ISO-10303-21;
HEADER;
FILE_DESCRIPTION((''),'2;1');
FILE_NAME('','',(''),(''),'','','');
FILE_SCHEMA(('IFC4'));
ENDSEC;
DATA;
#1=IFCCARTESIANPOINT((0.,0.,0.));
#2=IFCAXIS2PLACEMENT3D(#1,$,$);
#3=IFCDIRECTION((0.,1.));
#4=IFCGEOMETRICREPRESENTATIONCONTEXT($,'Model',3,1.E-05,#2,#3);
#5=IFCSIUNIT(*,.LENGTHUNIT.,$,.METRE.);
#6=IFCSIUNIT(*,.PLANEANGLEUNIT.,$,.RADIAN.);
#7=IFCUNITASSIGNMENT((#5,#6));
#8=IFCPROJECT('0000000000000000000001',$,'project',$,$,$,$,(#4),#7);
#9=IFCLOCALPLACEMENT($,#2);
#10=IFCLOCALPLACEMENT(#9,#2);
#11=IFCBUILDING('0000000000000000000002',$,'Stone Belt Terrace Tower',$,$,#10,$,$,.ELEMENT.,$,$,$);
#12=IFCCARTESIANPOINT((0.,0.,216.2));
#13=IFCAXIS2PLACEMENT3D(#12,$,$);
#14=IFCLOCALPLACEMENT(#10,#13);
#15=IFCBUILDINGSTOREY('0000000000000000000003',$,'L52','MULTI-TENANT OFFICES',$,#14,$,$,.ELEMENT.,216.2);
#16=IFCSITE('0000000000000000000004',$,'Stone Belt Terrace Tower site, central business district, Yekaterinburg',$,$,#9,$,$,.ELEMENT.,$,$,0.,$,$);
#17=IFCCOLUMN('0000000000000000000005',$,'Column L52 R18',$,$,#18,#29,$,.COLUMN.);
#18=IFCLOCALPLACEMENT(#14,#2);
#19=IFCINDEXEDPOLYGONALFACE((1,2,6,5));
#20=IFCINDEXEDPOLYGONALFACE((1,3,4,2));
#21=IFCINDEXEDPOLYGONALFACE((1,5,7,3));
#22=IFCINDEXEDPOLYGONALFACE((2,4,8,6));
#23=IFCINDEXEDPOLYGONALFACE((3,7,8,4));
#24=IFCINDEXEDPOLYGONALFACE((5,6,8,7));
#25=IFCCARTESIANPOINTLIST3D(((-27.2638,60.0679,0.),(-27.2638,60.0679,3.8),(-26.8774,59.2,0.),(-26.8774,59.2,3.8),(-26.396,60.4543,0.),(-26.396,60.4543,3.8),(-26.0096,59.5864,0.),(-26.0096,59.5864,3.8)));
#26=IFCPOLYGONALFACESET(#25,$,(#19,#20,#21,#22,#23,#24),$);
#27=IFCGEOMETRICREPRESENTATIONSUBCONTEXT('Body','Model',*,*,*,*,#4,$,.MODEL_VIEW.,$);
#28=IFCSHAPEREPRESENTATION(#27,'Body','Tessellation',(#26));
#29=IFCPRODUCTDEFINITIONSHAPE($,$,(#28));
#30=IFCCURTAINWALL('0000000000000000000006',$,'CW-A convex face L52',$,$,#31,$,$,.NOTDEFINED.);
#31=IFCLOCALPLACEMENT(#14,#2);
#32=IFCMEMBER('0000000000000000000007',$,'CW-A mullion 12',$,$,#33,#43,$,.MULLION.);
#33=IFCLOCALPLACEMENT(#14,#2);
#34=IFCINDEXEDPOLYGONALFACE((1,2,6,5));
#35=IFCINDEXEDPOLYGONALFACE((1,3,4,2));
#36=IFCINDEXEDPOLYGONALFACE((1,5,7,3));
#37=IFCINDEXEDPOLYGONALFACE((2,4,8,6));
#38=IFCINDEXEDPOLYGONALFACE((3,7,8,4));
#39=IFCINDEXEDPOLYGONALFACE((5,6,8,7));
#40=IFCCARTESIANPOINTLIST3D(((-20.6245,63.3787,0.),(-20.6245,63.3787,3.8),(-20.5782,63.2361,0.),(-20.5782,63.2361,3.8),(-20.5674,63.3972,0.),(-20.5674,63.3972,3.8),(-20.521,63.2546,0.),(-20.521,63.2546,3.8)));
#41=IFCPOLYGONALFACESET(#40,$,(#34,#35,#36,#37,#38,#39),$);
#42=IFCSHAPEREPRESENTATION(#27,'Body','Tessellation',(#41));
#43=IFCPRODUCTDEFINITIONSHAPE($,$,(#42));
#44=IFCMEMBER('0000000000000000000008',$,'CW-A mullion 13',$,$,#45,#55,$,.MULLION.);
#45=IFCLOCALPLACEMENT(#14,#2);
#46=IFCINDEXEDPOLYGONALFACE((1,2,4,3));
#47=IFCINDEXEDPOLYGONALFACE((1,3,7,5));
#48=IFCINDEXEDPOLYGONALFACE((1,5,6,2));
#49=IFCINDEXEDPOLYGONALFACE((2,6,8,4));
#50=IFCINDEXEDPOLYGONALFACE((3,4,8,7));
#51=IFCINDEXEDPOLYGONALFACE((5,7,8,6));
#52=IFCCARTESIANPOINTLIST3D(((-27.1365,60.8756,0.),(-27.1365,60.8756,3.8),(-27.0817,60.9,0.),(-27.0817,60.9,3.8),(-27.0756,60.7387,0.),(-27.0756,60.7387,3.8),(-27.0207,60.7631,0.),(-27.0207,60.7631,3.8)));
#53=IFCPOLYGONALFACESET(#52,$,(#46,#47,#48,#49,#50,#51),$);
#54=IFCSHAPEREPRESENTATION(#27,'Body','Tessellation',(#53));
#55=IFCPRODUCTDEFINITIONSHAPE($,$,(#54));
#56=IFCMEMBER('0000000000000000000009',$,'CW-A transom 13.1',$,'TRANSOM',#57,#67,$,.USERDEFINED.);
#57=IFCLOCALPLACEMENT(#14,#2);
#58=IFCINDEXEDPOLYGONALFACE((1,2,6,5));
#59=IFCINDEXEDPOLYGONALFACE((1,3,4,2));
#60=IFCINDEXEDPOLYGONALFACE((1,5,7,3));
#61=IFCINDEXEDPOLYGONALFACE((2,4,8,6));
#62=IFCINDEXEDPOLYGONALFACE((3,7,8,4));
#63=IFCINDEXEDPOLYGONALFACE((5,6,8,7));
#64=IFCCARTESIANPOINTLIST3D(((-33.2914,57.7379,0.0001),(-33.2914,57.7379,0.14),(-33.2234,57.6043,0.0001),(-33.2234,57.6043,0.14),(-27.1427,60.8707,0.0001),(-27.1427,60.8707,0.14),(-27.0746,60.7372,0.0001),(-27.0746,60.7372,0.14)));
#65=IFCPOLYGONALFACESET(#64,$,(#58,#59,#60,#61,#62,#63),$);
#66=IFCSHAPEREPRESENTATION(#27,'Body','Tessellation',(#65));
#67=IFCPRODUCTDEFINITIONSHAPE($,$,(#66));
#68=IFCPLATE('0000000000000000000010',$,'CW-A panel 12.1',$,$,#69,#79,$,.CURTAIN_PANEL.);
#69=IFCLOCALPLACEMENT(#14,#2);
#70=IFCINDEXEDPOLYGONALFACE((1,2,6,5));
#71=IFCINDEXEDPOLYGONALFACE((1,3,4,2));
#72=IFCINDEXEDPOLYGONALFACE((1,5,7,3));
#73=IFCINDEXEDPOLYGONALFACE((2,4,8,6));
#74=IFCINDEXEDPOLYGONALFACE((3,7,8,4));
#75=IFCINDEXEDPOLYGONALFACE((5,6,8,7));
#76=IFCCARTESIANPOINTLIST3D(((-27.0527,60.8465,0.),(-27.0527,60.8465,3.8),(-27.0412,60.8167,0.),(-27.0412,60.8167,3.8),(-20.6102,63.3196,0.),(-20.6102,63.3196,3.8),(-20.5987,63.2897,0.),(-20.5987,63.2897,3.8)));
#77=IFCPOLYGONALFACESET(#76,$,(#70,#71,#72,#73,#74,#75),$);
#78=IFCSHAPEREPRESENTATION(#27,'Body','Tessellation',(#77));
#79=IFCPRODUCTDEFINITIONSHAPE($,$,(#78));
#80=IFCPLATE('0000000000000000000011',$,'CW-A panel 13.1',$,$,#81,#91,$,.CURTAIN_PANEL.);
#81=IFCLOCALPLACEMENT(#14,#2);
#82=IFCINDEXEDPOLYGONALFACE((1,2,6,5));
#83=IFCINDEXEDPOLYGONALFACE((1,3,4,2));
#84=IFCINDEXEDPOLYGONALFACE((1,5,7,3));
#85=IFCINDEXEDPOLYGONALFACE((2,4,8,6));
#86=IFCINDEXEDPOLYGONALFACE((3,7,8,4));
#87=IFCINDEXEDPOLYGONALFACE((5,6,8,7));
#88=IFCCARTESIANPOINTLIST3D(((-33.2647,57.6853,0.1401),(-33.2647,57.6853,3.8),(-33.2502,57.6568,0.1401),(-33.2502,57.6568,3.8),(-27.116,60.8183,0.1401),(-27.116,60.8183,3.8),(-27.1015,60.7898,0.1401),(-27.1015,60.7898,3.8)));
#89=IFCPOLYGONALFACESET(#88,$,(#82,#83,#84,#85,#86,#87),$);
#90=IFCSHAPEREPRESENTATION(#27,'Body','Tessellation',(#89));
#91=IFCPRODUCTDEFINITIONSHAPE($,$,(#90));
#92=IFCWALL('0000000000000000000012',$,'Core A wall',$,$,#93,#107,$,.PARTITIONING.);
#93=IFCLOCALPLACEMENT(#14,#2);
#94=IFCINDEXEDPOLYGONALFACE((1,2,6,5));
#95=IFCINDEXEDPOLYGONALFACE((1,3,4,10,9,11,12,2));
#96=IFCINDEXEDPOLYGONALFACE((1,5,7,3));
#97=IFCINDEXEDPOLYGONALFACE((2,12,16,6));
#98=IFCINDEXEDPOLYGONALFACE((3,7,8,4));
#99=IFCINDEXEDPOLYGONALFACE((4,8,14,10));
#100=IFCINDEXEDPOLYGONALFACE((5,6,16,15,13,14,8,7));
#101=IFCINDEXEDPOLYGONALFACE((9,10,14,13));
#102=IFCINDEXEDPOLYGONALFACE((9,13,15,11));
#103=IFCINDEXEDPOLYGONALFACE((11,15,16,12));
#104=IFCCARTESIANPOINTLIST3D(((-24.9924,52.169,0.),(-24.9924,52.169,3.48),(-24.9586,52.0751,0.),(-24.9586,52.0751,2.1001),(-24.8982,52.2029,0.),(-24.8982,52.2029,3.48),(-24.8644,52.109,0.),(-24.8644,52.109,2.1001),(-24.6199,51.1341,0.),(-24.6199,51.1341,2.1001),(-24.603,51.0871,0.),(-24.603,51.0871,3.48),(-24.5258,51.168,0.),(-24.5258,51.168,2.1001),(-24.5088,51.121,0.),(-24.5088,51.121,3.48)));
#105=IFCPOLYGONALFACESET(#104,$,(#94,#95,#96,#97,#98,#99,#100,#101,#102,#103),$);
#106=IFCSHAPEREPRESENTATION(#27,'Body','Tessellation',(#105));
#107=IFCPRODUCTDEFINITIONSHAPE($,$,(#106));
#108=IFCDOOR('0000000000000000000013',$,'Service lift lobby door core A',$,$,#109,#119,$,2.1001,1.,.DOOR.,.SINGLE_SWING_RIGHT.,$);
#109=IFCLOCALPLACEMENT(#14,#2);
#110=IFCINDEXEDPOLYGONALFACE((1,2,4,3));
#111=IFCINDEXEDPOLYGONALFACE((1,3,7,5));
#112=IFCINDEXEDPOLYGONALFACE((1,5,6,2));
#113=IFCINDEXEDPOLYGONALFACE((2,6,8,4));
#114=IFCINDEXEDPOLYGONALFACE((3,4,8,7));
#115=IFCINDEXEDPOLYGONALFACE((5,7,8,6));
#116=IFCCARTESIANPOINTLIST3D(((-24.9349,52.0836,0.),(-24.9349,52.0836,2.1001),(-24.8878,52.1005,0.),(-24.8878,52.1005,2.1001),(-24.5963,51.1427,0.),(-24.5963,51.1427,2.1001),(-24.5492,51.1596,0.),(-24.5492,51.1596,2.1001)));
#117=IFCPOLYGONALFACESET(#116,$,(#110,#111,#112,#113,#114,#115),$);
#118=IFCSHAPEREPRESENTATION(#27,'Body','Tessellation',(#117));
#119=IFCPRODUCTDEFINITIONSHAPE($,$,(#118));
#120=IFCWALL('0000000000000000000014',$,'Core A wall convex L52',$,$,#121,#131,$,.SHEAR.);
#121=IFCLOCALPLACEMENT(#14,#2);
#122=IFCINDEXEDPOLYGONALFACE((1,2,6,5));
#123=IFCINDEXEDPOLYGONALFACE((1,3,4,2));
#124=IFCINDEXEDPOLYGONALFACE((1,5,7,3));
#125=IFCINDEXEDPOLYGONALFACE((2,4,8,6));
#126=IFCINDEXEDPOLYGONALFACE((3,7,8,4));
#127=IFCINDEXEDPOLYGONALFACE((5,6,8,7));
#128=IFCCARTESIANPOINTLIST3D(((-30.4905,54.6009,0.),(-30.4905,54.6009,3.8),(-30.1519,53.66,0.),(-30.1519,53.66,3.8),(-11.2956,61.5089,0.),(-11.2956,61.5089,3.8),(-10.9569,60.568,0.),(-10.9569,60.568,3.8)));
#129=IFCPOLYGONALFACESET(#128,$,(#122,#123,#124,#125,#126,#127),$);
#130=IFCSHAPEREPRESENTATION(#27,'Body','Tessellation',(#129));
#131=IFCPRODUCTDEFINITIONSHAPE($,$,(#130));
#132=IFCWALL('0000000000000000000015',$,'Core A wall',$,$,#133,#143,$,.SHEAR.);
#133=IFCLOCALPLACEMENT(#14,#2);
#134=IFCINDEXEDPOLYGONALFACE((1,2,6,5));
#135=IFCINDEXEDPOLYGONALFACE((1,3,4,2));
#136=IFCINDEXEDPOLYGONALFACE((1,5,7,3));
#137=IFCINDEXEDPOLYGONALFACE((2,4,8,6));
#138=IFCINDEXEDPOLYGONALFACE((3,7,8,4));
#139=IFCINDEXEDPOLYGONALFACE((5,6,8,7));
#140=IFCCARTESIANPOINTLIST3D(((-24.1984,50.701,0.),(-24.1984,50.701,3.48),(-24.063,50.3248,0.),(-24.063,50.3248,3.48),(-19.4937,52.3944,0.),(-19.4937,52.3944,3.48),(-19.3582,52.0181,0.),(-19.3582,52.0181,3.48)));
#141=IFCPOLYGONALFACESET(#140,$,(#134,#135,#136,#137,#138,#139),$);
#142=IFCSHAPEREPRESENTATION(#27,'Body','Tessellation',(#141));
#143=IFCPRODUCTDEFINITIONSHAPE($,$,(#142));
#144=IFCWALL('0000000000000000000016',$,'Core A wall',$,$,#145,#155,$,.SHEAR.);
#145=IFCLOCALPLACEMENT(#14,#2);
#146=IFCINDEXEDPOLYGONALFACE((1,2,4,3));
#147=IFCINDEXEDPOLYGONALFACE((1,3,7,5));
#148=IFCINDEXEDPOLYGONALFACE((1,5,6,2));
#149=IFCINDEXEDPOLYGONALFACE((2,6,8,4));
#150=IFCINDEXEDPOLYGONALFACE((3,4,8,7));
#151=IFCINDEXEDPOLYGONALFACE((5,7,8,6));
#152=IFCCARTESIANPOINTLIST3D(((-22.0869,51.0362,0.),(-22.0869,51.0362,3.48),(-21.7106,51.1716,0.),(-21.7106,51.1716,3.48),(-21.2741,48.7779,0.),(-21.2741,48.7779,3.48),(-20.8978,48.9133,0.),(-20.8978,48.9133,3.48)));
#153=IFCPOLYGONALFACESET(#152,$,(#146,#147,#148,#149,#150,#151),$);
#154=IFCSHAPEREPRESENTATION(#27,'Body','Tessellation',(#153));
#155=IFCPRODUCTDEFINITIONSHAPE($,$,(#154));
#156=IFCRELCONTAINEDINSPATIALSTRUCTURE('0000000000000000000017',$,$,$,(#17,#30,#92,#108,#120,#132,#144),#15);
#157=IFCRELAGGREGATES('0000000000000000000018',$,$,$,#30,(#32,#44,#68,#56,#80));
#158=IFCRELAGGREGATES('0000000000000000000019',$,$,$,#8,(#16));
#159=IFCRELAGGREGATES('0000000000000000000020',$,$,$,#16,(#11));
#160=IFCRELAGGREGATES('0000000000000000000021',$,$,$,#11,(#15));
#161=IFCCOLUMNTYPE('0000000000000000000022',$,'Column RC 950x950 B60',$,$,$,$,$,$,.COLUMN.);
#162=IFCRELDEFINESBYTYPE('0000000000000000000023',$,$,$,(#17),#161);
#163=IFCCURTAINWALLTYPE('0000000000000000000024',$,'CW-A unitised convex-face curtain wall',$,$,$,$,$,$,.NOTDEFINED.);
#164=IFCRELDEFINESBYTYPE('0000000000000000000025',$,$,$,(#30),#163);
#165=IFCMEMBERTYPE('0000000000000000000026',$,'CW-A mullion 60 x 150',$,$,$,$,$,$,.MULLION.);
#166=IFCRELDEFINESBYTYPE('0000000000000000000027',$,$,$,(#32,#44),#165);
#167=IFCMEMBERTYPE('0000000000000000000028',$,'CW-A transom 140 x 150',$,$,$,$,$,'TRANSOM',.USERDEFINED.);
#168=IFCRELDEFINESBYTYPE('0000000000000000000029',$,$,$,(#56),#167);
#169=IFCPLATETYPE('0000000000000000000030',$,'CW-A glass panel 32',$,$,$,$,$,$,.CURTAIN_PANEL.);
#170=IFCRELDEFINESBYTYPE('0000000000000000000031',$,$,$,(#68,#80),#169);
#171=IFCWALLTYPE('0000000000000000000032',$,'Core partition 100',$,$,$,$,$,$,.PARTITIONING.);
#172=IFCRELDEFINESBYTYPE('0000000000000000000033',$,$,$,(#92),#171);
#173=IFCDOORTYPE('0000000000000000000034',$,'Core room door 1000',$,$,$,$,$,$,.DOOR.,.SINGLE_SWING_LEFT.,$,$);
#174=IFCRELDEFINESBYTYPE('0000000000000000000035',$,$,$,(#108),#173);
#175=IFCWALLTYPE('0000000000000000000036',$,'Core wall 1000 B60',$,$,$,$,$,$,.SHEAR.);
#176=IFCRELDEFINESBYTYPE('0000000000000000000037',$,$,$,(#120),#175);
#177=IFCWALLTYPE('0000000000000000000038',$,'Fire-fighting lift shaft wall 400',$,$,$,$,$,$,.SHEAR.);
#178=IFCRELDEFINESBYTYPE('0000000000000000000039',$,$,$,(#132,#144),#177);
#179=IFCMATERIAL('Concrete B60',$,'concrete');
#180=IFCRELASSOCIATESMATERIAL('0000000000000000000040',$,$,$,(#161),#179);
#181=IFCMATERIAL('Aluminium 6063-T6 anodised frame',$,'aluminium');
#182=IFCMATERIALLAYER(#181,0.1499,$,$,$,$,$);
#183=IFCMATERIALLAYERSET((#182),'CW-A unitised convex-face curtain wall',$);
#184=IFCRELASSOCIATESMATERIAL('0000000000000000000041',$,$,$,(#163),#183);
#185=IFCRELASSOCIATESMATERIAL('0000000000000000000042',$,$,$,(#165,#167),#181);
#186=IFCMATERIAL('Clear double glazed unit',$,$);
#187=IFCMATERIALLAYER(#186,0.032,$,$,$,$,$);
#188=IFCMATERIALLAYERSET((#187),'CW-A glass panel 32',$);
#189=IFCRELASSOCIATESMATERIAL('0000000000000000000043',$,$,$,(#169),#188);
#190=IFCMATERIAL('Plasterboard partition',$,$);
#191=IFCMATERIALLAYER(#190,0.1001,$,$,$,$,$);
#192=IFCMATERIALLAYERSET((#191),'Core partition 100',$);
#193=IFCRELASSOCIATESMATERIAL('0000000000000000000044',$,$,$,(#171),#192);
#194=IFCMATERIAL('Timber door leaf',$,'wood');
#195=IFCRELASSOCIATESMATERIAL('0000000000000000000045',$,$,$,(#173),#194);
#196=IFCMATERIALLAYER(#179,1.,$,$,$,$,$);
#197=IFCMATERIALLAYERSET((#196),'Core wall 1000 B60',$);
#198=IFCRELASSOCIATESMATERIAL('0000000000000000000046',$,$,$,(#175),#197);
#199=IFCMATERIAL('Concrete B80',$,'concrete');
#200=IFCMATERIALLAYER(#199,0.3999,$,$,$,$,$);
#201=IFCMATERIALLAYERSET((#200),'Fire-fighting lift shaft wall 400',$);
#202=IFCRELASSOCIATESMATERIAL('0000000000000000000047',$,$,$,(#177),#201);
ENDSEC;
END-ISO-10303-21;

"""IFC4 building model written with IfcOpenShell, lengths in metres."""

from ifc_helpers import new_model, si_unit, direction, frame, frame_2d, origin, origin_2d, place, context, subcontext, project, spatial, rectangle, extrude, material, layer, layer_set, material_profile, profile_set, type_object, element, fill, aggregate, save


model = new_model("IFC4")

# Units and contexts
model_context = context("Model", 3, precision=1e-05, world=origin(), true_north=direction((0.0, 1.0)))
body_context = subcontext(model_context, "Body", "Model", "MODEL_VIEW")
ifc_project = project(units=[si_unit("LENGTHUNIT", "METRE"), si_unit("PLANEANGLEUNIT", "RADIAN")], contexts=[model_context])

# Site, building, storey
site_placement = place(None, origin())
site = spatial("IfcSite", under=ifc_project, at=site_placement, Name="Stone Belt Terrace Tower site, central business district, Yekaterinburg", CompositionType="ELEMENT", RefElevation=0.0)
building_placement = place(site_placement, origin())
building = spatial("IfcBuilding", under=site, at=building_placement, Name="Stone Belt Terrace Tower", CompositionType="ELEMENT")
storey_placement = place(building_placement, frame((0.0, 0.0, 216.2)))
storey = spatial("IfcBuildingStorey", under=building, at=storey_placement, Name="L52", Description="MULTI-TENANT OFFICES", CompositionType="ELEMENT", Elevation=216.2)

# Column
ifc_material_1 = material(Name="Concrete B60", Category="concrete")
ifc_material_profile_1 = material_profile(ifc_material_1, rectangle(XDim=0.95, YDim=0.95, at=origin_2d()), Name="RC 950x950")
ifc_profile_set_1 = profile_set([ifc_material_profile_1], Name="Concrete B60")
column_type = type_object("IfcColumnType", Name="Column RC 950x950 B60", PredefinedType="COLUMN", material=ifc_profile_set_1)
column_placement = place(storey_placement, frame((-26.6367, 59.8271, 0.0), z_axis=(0.0, 0.0, 1.0), x_axis=(0.913545, 0.406737, 0.0)))
element("IfcColumn", 1, at=column_placement, inside=storey, type_object=column_type, Name="Column L52 R18", PredefinedType="COLUMN", context=body_context, shape_type="SweptSolid", body=[
    extrude(rectangle(XDim=0.95, YDim=0.95, at=origin_2d()), origin(), (0.0, 0.0, 1.0), 3.8),
])

# Curtain wall, members, plates
ifc_material_2 = material(Name="Aluminium 6063-T6 anodised frame", Category="aluminium")
ifc_layer_1 = layer(ifc_material_2, 0.1499)
ifc_layer_set_1 = layer_set([ifc_layer_1], Name="CW-A unitised convex-face curtain wall")
curtain_wall_type = type_object("IfcCurtainWallType", Name="CW-A unitised convex-face curtain wall", PredefinedType="NOTDEFINED", material=ifc_layer_set_1)
curtain_wall_placement = place(storey_placement, origin())
curtain_wall = element("IfcCurtainWall", 2, at=curtain_wall_placement, inside=storey, type_object=curtain_wall_type, Name="CW-A convex face L52", PredefinedType="NOTDEFINED")
ifc_material_profile_2 = material_profile(ifc_material_2, rectangle(XDim=0.1499, YDim=0.0601, at=origin_2d()), Name="Aluminium 6063-T6 60x150")
ifc_profile_set_2 = profile_set([ifc_material_profile_2], Name="Aluminium 6063-T6 anodised frame")
member_type_1 = type_object("IfcMemberType", Name="CW-A mullion 60 x 150", PredefinedType="MULLION", material=ifc_profile_set_2)
member_1_placement = place(storey_placement, frame((-20.5728, 63.3167, 0.0), z_axis=(0.0, 0.0, 1.0), x_axis=(0.309017, -0.951057, 0.0)))
member_1 = element("IfcMember", 3, at=member_1_placement, type_object=member_type_1, Name="CW-A mullion 12", PredefinedType="MULLION", context=body_context, shape_type="SweptSolid", body=[
    extrude(rectangle(XDim=0.1499, YDim=0.0601, at=origin_2d()), origin(), (0.0, 0.0, 1.0), 3.8),
])
member_2_placement = place(storey_placement, frame((-27.0786, 60.8193, 0.0), z_axis=(0.0, 0.0, 1.0), x_axis=(0.406737, -0.913545, 0.0)))
member_2 = element("IfcMember", 4, at=member_2_placement, type_object=member_type_1, Name="CW-A mullion 13", PredefinedType="MULLION", context=body_context, shape_type="SweptSolid", body=[
    extrude(rectangle(XDim=0.1499, YDim=0.0601, at=origin_2d()), origin(), (0.0, 0.0, 1.0), 3.8),
])
ifc_material_profile_3 = material_profile(ifc_material_2, rectangle(XDim=0.1499, YDim=0.1399, at=origin_2d()), Name="Aluminium 6063-T6 150x140")
ifc_profile_set_3 = profile_set([ifc_material_profile_3], Name="Aluminium 6063-T6 anodised frame")
member_type_2 = type_object("IfcMemberType", Name="CW-A transom 140 x 150", ElementType="TRANSOM", PredefinedType="USERDEFINED", material=ifc_profile_set_3)
member_3_placement = place(storey_placement, frame((-27.1086, 60.804, 0.0701), z_axis=(-0.891012, -0.453979, 0.0), x_axis=(0.453979, -0.891012, 0.0)))
member_3 = element("IfcMember", 5, at=member_3_placement, type_object=member_type_2, Name="CW-A transom 13.1", ObjectType="TRANSOM", PredefinedType="USERDEFINED", context=body_context, shape_type="SweptSolid", body=[
    extrude(rectangle(XDim=0.1499, YDim=0.1399, at=origin_2d()), origin(), (0.0, 0.0, 1.0), 6.9009),
])
ifc_material_3 = material(Name="Clear double glazed unit")
ifc_layer_2 = layer(ifc_material_3, 0.032)
ifc_layer_set_2 = layer_set([ifc_layer_2], Name="CW-A glass panel 32")
plate_type = type_object("IfcPlateType", Name="CW-A glass panel 32", PredefinedType="CURTAIN_PANEL", material=ifc_layer_set_2)
plate_1_placement = place(storey_placement, frame((-23.8257, 62.0681, 0.0), z_axis=(0.0, 0.0, 1.0), x_axis=(-0.93358, -0.358368, 0.0)))
plate_1 = element("IfcPlate", 6, at=plate_1_placement, type_object=plate_type, Name="CW-A panel 12.1", PredefinedType="CURTAIN_PANEL", context=body_context, shape_type="SweptSolid", body=[
    extrude(rectangle(XDim=6.9009, YDim=0.032, at=origin_2d()), origin(), (0.0, 0.0, 1.0), 3.8),
])
plate_2_placement = place(storey_placement, frame((-30.1831, 59.2375, 0.1401), z_axis=(0.0, 0.0, 1.0), x_axis=(-0.891007, -0.45399, 0.0)))
plate_2 = element("IfcPlate", 7, at=plate_2_placement, type_object=plate_type, Name="CW-A panel 13.1", PredefinedType="CURTAIN_PANEL", context=body_context, shape_type="SweptSolid", body=[
    extrude(rectangle(XDim=6.9009, YDim=0.032, at=origin_2d()), origin(), (0.0, 0.0, 1.0), 3.6599),
])
aggregate(curtain_wall, [member_1, member_2, plate_1, member_3, plate_2])

# Wall, opening, door
ifc_material_4 = material(Name="Plasterboard partition")
ifc_layer_3 = layer(ifc_material_4, 0.1001)
ifc_layer_set_3 = layer_set([ifc_layer_3], Name="Core partition 100")
wall_type_1 = type_object("IfcWallType", Name="Core partition 100", PredefinedType="PARTITIONING", material=ifc_layer_set_3)
wall_1_placement = place(storey_placement, frame((-24.5559, 51.104, 0.0), z_axis=(0.0, 0.0, 1.0), x_axis=(-0.338622, 0.940923, 0.0)))
wall_1 = element("IfcWall", 8, at=wall_1_placement, inside=storey, type_object=wall_type_1, Name="Core A wall", PredefinedType="PARTITIONING", context=body_context, shape_type="SweptSolid", body=[
    extrude(rectangle(XDim=1.1499, YDim=0.1001, at=frame_2d((0.575, 0.0))), origin(), (0.0, 0.0, 1.0), 3.48),
])
opening_1_placement = place(wall_1_placement, frame((0.05, 0.0, 0.0)))
opening_1 = element("IfcOpeningElement", 9, at=opening_1_placement, cuts=wall_1, PredefinedType="OPENING", context=body_context, shape_type="SweptSolid", body=[
    extrude(rectangle(XDim=1.0, YDim=2.1001, at=frame_2d((0.5, 1.05))), frame((0.0, 0.0601, 0.0), z_axis=(0.0, -1.0, 0.0), x_axis=(1.0, 0.0, 0.0)), (0.0, 0.0, 1.0), 0.1201),
])
ifc_material_5 = material(Name="Timber door leaf", Category="wood")
door_type_1 = type_object("IfcDoorType", Name="Core room door 1000", OperationType="SINGLE_SWING_LEFT", PredefinedType="DOOR", material=ifc_material_5)
door_1_placement = place(opening_1_placement, origin())
door_1 = element("IfcDoor", 10, at=door_1_placement, inside=storey, type_object=door_type_1, Name="Service lift lobby door core A", OperationType="SINGLE_SWING_RIGHT", OverallHeight=2.1001, OverallWidth=1.0, PredefinedType="DOOR", context=body_context, shape_type="SweptSolid", body=[
    extrude(rectangle(XDim=1.0, YDim=2.1001, at=frame_2d((0.5, 1.05))), frame((0.0, 0.0249, 0.0), z_axis=(0.0, -1.0, 0.0), x_axis=(1.0, 0.0, 0.0)), (0.0, 0.0, 1.0), 0.05),
])
fill(opening_1, door_1)

# Walls
ifc_layer_4 = layer(ifc_material_1, 1.0)
ifc_layer_set_4 = layer_set([ifc_layer_4], Name="Core wall 1000 B60")
wall_type_2 = type_object("IfcWallType", Name="Core wall 1000 B60", PredefinedType="SHEAR", material=ifc_layer_set_4)
wall_2_placement = place(storey_placement, frame((-30.3213, 54.1304, 0.0), z_axis=(0.0, 0.0, 1.0), x_axis=(0.940921, 0.338625, 0.0)))
element("IfcWall", 11, at=wall_2_placement, inside=storey, type_object=wall_type_2, Name="Core A wall convex L52", PredefinedType="SHEAR", context=body_context, shape_type="SweptSolid", body=[
    extrude(rectangle(XDim=20.4001, YDim=1.0, at=frame_2d((10.2002, 0.0))), origin(), (0.0, 0.0, 1.0), 3.8),
])
ifc_material_6 = material(Name="Concrete B80", Category="concrete")
ifc_layer_5 = layer(ifc_material_6, 0.3999)
ifc_layer_set_5 = layer_set([ifc_layer_5], Name="Fire-fighting lift shaft wall 400")
wall_type_3 = type_object("IfcWallType", Name="Fire-fighting lift shaft wall 400", PredefinedType="SHEAR", material=ifc_layer_set_5)
wall_3_placement = place(storey_placement, frame((-24.1306, 50.5129, 0.0), z_axis=(0.0, 0.0, 1.0), x_axis=(0.940912, 0.338652, 0.0)))
element("IfcWall", 12, at=wall_3_placement, inside=storey, type_object=wall_type_3, Name="Core A wall", PredefinedType="SHEAR", context=body_context, shape_type="SweptSolid", body=[
    extrude(rectangle(XDim=5.0002, YDim=0.3999, at=frame_2d((2.5, 0.0))), origin(), (0.0, 0.0, 1.0), 3.48),
])
wall_4_placement = place(storey_placement, frame((-21.0859, 48.8455, 0.0), z_axis=(0.0, 0.0, 1.0), x_axis=(-0.338629, 0.94092, 0.0)))
element("IfcWall", 13, at=wall_4_placement, inside=storey, type_object=wall_type_3, Name="Core A wall", PredefinedType="SHEAR", context=body_context, shape_type="SweptSolid", body=[
    extrude(rectangle(XDim=2.4001, YDim=0.3999, at=frame_2d((1.2002, 0.0))), origin(), (0.0, 0.0, 1.0), 3.48),
])

save(model, "model.ifc")
